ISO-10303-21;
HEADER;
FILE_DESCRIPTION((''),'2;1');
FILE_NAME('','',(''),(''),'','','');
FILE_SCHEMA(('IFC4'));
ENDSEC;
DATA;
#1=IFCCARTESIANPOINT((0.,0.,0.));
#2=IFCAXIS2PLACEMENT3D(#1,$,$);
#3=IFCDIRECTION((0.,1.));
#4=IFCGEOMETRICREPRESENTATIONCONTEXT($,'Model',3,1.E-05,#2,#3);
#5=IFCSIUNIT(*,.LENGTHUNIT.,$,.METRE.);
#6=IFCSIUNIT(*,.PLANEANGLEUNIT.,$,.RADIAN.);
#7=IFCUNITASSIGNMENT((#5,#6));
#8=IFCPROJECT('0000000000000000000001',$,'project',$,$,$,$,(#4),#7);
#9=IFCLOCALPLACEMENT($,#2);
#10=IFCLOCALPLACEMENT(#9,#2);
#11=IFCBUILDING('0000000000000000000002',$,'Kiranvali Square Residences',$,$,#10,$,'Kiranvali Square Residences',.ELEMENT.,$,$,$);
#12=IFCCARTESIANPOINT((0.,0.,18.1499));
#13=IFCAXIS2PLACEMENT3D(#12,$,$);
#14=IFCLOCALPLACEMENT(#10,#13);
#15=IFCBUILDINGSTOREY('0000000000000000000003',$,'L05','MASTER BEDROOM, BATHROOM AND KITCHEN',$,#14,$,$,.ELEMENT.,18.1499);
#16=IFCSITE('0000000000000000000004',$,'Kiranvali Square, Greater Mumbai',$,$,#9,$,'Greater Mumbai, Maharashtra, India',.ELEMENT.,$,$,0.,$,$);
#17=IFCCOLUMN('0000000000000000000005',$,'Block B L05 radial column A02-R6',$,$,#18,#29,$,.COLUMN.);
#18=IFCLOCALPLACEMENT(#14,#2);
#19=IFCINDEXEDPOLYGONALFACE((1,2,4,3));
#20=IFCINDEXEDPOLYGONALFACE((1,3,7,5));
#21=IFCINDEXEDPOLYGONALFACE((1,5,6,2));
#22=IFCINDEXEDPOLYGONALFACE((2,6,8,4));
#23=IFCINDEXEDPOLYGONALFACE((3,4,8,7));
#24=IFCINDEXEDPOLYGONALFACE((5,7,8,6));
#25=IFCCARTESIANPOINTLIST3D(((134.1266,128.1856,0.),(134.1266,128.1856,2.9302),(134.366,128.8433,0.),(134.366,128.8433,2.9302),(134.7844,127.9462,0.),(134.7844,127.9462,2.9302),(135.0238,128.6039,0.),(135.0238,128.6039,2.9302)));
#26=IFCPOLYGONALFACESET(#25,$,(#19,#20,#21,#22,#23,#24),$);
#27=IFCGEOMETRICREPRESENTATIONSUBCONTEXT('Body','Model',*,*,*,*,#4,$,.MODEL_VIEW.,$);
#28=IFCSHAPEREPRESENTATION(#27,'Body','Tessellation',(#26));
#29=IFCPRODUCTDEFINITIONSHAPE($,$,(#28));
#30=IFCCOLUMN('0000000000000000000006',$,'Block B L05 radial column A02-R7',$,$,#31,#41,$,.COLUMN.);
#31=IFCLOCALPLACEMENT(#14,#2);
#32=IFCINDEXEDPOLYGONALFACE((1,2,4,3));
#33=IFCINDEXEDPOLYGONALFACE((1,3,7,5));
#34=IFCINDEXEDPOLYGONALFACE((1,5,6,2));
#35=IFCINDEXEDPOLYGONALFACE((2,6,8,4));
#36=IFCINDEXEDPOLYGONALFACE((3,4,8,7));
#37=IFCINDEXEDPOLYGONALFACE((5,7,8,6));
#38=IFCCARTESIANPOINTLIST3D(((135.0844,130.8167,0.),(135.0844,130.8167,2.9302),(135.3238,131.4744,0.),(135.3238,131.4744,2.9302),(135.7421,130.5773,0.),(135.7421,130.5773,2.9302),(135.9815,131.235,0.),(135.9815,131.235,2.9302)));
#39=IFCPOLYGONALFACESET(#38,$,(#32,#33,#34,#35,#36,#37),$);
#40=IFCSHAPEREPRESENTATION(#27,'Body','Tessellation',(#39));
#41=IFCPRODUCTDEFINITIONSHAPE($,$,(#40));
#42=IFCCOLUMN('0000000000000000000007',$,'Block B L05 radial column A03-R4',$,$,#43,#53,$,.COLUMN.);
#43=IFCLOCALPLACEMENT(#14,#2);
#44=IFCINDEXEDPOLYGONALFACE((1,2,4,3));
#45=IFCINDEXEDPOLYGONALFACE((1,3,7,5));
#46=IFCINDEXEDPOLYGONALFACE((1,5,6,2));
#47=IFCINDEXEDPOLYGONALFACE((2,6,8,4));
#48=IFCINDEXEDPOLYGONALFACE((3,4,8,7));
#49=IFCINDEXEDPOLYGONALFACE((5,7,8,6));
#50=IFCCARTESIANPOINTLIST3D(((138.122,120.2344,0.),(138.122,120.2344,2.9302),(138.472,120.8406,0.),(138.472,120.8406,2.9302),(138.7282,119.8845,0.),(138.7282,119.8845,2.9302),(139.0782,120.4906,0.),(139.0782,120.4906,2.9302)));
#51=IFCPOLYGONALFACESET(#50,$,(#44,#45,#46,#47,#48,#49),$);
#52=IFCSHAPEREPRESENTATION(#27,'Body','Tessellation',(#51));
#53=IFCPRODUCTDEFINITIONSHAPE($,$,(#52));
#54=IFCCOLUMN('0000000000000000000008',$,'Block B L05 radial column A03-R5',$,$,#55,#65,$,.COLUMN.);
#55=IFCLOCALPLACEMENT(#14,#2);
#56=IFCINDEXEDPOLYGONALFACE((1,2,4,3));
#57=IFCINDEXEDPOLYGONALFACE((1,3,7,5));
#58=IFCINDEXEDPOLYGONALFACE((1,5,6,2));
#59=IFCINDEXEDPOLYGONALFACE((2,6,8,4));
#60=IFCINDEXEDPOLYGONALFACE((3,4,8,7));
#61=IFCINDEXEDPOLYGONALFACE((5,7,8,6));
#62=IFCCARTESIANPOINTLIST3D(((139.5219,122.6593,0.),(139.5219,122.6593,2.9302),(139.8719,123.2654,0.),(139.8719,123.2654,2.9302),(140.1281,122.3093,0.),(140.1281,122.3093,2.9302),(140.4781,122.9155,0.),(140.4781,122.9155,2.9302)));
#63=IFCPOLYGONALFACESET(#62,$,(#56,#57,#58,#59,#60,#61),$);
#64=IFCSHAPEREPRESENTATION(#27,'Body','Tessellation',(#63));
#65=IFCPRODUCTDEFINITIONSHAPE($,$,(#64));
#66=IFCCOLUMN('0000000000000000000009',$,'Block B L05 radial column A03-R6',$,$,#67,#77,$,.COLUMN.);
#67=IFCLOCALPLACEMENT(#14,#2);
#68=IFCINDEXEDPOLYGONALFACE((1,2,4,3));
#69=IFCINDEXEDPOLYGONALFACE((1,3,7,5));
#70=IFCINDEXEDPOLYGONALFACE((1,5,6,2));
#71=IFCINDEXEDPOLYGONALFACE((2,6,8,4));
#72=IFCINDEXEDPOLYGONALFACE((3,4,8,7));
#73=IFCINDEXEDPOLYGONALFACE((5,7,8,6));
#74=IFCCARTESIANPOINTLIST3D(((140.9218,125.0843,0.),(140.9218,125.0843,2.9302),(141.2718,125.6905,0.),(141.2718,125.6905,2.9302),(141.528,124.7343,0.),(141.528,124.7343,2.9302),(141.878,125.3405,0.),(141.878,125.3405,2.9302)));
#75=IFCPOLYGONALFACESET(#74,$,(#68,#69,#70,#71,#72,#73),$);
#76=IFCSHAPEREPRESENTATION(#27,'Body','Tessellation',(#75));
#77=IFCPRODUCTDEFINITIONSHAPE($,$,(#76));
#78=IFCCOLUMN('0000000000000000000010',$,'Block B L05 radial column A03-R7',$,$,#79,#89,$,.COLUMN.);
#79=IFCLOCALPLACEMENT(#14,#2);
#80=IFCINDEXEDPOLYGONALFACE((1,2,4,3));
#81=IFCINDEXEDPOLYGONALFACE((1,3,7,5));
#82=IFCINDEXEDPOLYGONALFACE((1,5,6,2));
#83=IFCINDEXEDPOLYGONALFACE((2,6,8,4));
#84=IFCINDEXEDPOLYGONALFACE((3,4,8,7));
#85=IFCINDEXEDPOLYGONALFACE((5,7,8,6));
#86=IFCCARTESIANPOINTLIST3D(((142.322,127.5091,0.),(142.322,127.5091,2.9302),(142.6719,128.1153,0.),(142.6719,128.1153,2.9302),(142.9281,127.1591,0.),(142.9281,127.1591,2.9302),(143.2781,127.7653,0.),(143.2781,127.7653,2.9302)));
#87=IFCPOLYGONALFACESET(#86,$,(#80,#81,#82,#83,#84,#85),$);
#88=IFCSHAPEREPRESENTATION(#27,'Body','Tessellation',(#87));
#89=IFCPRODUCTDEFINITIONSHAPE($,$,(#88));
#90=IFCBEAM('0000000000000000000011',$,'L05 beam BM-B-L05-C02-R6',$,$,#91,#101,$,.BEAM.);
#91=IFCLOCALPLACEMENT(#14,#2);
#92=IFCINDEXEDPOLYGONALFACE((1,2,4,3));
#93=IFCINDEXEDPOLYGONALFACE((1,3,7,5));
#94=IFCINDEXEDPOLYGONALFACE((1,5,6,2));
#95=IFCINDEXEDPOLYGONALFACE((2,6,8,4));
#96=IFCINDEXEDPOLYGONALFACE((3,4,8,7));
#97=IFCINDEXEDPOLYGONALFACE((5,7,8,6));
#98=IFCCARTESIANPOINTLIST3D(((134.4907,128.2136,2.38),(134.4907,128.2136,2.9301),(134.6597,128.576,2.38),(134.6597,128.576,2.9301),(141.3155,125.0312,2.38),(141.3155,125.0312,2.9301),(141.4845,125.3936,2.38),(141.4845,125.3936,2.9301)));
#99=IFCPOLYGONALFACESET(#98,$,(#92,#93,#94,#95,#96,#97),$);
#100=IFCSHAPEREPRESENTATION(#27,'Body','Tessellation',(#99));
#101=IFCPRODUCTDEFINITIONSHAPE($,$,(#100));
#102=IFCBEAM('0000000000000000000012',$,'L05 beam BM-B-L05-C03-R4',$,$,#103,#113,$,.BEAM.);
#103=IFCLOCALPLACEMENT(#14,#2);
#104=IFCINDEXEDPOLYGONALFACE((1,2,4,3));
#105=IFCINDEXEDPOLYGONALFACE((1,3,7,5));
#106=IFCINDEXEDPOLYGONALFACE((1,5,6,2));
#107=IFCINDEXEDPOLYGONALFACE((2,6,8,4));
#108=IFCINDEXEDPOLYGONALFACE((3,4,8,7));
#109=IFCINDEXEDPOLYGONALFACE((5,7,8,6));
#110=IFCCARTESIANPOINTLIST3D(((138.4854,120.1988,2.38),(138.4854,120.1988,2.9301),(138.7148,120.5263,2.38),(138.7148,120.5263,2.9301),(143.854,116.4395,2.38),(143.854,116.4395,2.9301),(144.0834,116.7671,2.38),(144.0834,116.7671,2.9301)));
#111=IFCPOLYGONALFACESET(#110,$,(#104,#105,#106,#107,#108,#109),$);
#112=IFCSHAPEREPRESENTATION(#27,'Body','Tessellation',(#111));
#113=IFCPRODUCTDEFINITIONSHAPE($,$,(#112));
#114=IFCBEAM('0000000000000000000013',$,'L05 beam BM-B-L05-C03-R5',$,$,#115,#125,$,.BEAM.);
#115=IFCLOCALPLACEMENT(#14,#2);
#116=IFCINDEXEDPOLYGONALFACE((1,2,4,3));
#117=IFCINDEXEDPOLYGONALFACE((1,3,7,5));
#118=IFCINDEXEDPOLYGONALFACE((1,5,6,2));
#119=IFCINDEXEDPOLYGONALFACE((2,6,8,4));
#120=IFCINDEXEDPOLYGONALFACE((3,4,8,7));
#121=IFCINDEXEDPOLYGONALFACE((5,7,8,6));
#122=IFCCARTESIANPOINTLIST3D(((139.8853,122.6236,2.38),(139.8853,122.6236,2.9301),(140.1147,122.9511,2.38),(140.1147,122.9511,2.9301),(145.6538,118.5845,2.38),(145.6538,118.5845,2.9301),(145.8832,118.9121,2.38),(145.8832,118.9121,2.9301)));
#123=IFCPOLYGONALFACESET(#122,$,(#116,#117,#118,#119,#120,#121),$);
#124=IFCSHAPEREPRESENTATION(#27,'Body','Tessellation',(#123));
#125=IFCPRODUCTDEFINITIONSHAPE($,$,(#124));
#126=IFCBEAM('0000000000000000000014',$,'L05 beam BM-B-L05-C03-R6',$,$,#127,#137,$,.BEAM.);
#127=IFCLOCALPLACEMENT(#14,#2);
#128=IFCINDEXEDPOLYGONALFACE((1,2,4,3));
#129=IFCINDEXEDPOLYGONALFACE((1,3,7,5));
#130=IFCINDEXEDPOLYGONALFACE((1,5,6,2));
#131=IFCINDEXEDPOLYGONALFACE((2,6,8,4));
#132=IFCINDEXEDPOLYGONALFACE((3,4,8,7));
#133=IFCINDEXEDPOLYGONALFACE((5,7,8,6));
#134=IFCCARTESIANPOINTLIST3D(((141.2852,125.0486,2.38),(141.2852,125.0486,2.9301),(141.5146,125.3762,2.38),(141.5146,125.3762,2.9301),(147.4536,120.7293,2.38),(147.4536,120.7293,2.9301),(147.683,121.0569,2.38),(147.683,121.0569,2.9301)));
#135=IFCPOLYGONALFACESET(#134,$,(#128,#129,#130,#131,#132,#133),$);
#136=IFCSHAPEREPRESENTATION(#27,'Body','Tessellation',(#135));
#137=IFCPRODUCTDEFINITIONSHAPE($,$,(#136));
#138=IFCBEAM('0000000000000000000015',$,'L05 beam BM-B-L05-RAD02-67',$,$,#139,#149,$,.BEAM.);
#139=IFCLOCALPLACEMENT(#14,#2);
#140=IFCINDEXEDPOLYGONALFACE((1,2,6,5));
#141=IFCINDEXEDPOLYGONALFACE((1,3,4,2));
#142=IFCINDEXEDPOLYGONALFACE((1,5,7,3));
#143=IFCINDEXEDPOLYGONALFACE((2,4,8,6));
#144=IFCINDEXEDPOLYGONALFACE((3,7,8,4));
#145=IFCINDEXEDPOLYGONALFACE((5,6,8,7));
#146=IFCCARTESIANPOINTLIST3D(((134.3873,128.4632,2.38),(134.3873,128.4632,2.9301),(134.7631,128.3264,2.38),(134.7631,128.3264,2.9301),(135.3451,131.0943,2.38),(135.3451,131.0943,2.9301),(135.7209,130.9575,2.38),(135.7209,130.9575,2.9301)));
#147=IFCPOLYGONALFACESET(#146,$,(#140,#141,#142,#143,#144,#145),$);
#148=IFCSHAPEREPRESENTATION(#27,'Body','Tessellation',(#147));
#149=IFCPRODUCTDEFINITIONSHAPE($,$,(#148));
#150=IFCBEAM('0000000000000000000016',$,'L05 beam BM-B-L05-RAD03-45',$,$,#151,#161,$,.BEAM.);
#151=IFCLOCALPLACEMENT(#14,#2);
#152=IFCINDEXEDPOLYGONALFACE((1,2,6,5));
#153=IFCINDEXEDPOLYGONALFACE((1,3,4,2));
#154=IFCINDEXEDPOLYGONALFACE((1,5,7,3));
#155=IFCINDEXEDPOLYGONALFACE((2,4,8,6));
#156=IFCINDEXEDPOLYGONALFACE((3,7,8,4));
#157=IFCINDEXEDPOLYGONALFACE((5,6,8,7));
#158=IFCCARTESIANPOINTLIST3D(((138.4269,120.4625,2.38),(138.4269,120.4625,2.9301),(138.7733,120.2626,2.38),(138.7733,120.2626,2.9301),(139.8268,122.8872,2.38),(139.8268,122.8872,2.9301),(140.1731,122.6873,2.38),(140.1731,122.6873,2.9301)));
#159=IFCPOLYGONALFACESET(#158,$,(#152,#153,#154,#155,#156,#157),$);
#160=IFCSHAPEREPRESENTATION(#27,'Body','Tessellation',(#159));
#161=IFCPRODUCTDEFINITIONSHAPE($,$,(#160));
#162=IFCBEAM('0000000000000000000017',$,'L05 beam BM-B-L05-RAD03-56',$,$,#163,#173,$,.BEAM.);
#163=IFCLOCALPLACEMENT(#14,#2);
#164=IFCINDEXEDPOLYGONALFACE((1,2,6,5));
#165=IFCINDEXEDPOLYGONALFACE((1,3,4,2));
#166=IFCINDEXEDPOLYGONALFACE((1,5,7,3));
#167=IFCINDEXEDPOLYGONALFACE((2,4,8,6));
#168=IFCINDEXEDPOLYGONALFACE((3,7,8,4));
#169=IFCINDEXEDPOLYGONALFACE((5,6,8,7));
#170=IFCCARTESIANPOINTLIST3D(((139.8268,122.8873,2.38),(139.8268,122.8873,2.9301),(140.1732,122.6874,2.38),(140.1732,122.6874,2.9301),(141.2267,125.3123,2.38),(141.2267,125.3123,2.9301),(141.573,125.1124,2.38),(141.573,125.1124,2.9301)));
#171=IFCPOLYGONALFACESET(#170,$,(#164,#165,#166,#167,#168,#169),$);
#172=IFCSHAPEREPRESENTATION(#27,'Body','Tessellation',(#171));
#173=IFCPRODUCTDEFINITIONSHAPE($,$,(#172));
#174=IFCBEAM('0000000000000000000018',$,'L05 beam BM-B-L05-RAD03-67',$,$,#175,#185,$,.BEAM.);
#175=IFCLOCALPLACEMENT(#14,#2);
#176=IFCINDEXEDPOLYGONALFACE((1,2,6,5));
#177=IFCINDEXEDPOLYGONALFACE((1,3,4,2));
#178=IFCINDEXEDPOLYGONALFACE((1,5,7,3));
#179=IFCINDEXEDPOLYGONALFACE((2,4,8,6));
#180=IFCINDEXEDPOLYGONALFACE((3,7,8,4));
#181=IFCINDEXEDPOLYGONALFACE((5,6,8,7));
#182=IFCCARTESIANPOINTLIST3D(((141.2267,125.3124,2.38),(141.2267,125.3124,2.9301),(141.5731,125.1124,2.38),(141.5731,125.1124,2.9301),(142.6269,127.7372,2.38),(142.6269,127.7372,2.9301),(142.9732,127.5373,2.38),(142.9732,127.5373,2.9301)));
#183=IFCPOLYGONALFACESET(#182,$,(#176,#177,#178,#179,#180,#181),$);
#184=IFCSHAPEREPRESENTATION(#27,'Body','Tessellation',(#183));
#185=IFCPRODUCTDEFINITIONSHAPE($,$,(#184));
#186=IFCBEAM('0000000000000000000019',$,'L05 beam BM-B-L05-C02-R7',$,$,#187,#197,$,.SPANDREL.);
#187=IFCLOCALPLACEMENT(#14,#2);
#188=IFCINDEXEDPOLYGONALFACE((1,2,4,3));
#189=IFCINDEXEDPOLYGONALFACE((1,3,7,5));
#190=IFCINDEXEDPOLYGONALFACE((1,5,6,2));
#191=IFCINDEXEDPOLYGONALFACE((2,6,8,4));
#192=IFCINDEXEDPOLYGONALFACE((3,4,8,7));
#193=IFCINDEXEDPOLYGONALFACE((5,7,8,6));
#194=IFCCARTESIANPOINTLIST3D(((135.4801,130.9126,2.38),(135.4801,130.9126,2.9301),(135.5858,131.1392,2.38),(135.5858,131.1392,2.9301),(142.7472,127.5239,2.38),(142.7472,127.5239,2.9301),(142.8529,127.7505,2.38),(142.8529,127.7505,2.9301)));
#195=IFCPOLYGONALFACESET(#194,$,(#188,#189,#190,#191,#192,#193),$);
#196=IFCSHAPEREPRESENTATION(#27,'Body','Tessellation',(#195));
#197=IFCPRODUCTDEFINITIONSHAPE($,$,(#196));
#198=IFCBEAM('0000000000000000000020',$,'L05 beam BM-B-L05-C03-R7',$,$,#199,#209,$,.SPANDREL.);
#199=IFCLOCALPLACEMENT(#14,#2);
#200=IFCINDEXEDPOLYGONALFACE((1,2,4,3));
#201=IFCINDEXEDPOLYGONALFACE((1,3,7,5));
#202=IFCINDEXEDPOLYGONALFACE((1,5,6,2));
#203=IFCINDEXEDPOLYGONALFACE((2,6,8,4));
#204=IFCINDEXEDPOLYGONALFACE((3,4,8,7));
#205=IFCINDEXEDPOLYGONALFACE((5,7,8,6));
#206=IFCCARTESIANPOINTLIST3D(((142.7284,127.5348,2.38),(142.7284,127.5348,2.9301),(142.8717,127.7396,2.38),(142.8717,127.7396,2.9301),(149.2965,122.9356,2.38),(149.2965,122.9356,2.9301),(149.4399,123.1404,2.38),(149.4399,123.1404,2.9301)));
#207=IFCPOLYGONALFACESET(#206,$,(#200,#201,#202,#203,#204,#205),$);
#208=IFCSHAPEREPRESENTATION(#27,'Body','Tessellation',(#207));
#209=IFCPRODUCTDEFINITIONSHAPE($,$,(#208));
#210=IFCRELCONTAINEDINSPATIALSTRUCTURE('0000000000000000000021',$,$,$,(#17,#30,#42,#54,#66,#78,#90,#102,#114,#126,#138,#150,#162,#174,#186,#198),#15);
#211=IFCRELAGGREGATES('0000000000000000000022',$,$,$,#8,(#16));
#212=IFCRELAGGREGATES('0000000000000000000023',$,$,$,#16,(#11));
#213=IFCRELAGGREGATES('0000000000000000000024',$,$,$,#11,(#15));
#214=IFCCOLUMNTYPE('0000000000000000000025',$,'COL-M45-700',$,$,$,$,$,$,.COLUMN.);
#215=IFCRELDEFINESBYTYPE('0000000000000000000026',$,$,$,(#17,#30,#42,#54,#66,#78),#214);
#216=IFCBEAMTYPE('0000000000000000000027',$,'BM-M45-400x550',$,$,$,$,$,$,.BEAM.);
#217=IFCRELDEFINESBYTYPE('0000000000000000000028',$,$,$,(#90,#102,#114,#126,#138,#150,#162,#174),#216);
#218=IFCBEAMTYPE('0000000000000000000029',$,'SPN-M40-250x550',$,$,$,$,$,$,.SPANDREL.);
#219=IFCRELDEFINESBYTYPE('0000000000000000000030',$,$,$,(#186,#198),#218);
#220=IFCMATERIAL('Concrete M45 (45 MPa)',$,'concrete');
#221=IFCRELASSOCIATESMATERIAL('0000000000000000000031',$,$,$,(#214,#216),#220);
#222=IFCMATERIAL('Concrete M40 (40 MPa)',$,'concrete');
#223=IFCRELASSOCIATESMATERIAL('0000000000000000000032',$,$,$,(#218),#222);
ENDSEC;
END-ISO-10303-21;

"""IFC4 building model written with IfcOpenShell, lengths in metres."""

from ifc_helpers import new_model, si_unit, direction, frame, origin, origin_2d, place, context, subcontext, project, spatial, rectangle, extrude, material, material_profile, profile_set, type_object, element, save


model = new_model("IFC4")

# Units and contexts
model_context = context("Model", 3, precision=1e-05, world=origin(), true_north=direction((0.0, 1.0)))
body_context = subcontext(model_context, "Body", "Model", "MODEL_VIEW")
ifc_project = project(units=[si_unit("LENGTHUNIT", "METRE"), si_unit("PLANEANGLEUNIT", "RADIAN")], contexts=[model_context])

# Site, building, storey
site_placement = place(None, origin())
site = spatial("IfcSite", under=ifc_project, at=site_placement, Name="Kiranvali Square, Greater Mumbai", LongName="Greater Mumbai, Maharashtra, India", CompositionType="ELEMENT", RefElevation=0.0)
building_placement = place(site_placement, origin())
building = spatial("IfcBuilding", under=site, at=building_placement, Name="Kiranvali Square Residences", LongName="Kiranvali Square Residences", CompositionType="ELEMENT")
storey_placement = place(building_placement, frame((0.0, 0.0, 18.1499)))
storey = spatial("IfcBuildingStorey", under=building, at=storey_placement, Name="L05", Description="MASTER BEDROOM, BATHROOM AND KITCHEN", CompositionType="ELEMENT", Elevation=18.1499)

# Columns
ifc_material_1 = material(Name="Concrete M45 (45 MPa)", Category="concrete")
ifc_material_profile_1 = material_profile(ifc_material_1, rectangle(XDim=0.7, YDim=0.7, at=origin_2d()), Name="RC 700x700")
ifc_profile_set_1 = profile_set([ifc_material_profile_1], Name="Concrete M45 (45 MPa)")
column_type = type_object("IfcColumnType", Name="COL-M45-700", PredefinedType="COLUMN", material=ifc_profile_set_1)
for number, where, z_axis, x_axis, name in (
    (1, (134.5752, 128.3948, 0.0), (0.0, 0.0, 1.0), (-0.939693, 0.34202, 0.0), "Block B L05 radial column A02-R6"),
    (2, (135.533, 131.0259, 0.0), (0.0, 0.0, 1.0), (-0.939693, 0.34202, 0.0), "Block B L05 radial column A02-R7"),
    (3, (138.6001, 120.3625, 0.0), (0.0, 0.0, 1.0), (-0.866025, 0.5, 0.0), "Block B L05 radial column A03-R4"),
    (4, (140.0, 122.7874, 0.0), (0.0, 0.0, 1.0), (-0.866025, 0.5, 0.0), "Block B L05 radial column A03-R5"),
    (5, (141.3999, 125.2124, 0.0), (0.0, 0.0, 1.0), (-0.866025, 0.5, 0.0), "Block B L05 radial column A03-R6"),
    (6, (142.8, 127.6372, 0.0), (0.0, 0.0, 1.0), (-0.866025, 0.5, 0.0), "Block B L05 radial column A03-R7"),
):
    element("IfcColumn", number, at=place(storey_placement, frame(where, z_axis=z_axis, x_axis=x_axis)), inside=storey, type_object=column_type, Name=name, PredefinedType="COLUMN", context=body_context, shape_type="SweptSolid", body=[
        extrude(rectangle(XDim=0.7, YDim=0.7, at=origin_2d()), origin(), (0.0, 0.0, 1.0), 2.9302),
    ])

# Beams
ifc_material_profile_2 = material_profile(ifc_material_1, rectangle(XDim=0.3999, YDim=0.55, at=origin_2d()), Name="RC 400x550")
ifc_profile_set_2 = profile_set([ifc_material_profile_2], Name="Concrete M45 (45 MPa)")
beam_type_1 = type_object("IfcBeamType", Name="BM-M45-400x550", PredefinedType="BEAM", material=ifc_profile_set_2)
beam_1_placement = place(storey_placement, frame((134.5752, 128.3948, 2.655), z_axis=(0.90631, -0.422614, 0.0), x_axis=(0.422614, 0.90631, 0.0)))
element("IfcBeam", 7, at=beam_1_placement, inside=storey, type_object=beam_type_1, Name="L05 beam BM-B-L05-C02-R6", PredefinedType="BEAM", context=body_context, shape_type="SweptSolid", body=[
    extrude(rectangle(XDim=0.3999, YDim=0.55, at=origin_2d()), origin(), (0.0, 0.0, 1.0), 7.5303),
])
beam_2_placement = place(storey_placement, frame((138.6001, 120.3625, 2.655), z_axis=(0.819144, -0.573587, 0.0), x_axis=(0.573587, 0.819144, 0.0)))
element("IfcBeam", 8, at=beam_2_placement, inside=storey, type_object=beam_type_1, Name="L05 beam BM-B-L05-C03-R4", PredefinedType="BEAM", context=body_context, shape_type="SweptSolid", body=[
    extrude(rectangle(XDim=0.3999, YDim=0.55, at=origin_2d()), origin(), (0.0, 0.0, 1.0), 6.554),
])
beam_3_placement = place(storey_placement, frame((140.0, 122.7874, 2.655), z_axis=(0.81916, -0.573565, 0.0), x_axis=(0.573565, 0.81916, 0.0)))
element("IfcBeam", 9, at=beam_3_placement, inside=storey, type_object=beam_type_1, Name="L05 beam BM-B-L05-C03-R5", PredefinedType="BEAM", context=body_context, shape_type="SweptSolid", body=[
    extrude(rectangle(XDim=0.3999, YDim=0.55, at=origin_2d()), origin(), (0.0, 0.0, 1.0), 7.042),
])
beam_4_placement = place(storey_placement, frame((141.3999, 125.2124, 2.655), z_axis=(0.819144, -0.573589, 0.0), x_axis=(0.573589, 0.819144, 0.0)))
element("IfcBeam", 10, at=beam_4_placement, inside=storey, type_object=beam_type_1, Name="L05 beam BM-B-L05-C03-R6", PredefinedType="BEAM", context=body_context, shape_type="SweptSolid", body=[
    extrude(rectangle(XDim=0.3999, YDim=0.55, at=origin_2d()), origin(), (0.0, 0.0, 1.0), 7.5303),
])
beam_5_placement = place(storey_placement, frame((134.5752, 128.3948, 2.655), z_axis=(0.342058, 0.939679, 0.0), x_axis=(-0.939679, 0.342058, 0.0)))
element("IfcBeam", 11, at=beam_5_placement, inside=storey, type_object=beam_type_1, Name="L05 beam BM-B-L05-RAD02-67", PredefinedType="BEAM", context=body_context, shape_type="SweptSolid", body=[
    extrude(rectangle(XDim=0.3999, YDim=0.55, at=origin_2d()), origin(), (0.0, 0.0, 1.0), 2.8),
])
beam_6_placement = place(storey_placement, frame((138.6001, 120.3625, 2.655), z_axis=(0.499984, 0.866035, 0.0), x_axis=(-0.866035, 0.499984, 0.0)))
element("IfcBeam", 12, at=beam_6_placement, inside=storey, type_object=beam_type_1, Name="L05 beam BM-B-L05-RAD03-45", PredefinedType="BEAM", context=body_context, shape_type="SweptSolid", body=[
    extrude(rectangle(XDim=0.3999, YDim=0.55, at=origin_2d()), origin(), (0.0, 0.0, 1.0), 2.7998),
])
for number, where, z_axis, x_axis, name in (
    (13, (140.0, 122.7874, 2.655), (0.499946, 0.866056, 0.0), (-0.866056, 0.499946, 0.0), "L05 beam BM-B-L05-RAD03-56"),
    (14, (141.3999, 125.2124, 2.655), (0.50005, 0.865997, 0.0), (-0.865997, 0.50005, 0.0), "L05 beam BM-B-L05-RAD03-67"),
):
    element("IfcBeam", number, at=place(storey_placement, frame(where, z_axis=z_axis, x_axis=x_axis)), inside=storey, type_object=beam_type_1, Name=name, PredefinedType="BEAM", context=body_context, shape_type="SweptSolid", body=[
        extrude(rectangle(XDim=0.3999, YDim=0.55, at=origin_2d()), origin(), (0.0, 0.0, 1.0), 2.8),
    ])
ifc_material_2 = material(Name="Concrete M40 (40 MPa)", Category="concrete")
ifc_material_profile_3 = material_profile(ifc_material_2, rectangle(XDim=0.25, YDim=0.55, at=origin_2d()), Name="RC 250x550")
ifc_profile_set_3 = profile_set([ifc_material_profile_3], Name="Concrete M40 (40 MPa)")
beam_type_2 = type_object("IfcBeamType", Name="SPN-M40-250x550", PredefinedType="SPANDREL", material=ifc_profile_set_3)
for number, where, z_axis, x_axis, name in (
    (15, (135.533, 131.0259, 2.655), (0.906309, -0.422615, 0.0), (0.422615, 0.906309, 0.0), "L05 beam BM-B-L05-C02-R7"),
    (16, (142.8, 127.6372, 2.655), (0.819148, -0.573583, 0.0), (0.573583, 0.819148, 0.0), "L05 beam BM-B-L05-C03-R7"),
):
    element("IfcBeam", number, at=place(storey_placement, frame(where, z_axis=z_axis, x_axis=x_axis)), inside=storey, type_object=beam_type_2, Name=name, PredefinedType="SPANDREL", context=body_context, shape_type="SweptSolid", body=[
        extrude(rectangle(XDim=0.25, YDim=0.55, at=origin_2d()), origin(), (0.0, 0.0, 1.0), 8.0183),
    ])

save(model, "model.ifc")
